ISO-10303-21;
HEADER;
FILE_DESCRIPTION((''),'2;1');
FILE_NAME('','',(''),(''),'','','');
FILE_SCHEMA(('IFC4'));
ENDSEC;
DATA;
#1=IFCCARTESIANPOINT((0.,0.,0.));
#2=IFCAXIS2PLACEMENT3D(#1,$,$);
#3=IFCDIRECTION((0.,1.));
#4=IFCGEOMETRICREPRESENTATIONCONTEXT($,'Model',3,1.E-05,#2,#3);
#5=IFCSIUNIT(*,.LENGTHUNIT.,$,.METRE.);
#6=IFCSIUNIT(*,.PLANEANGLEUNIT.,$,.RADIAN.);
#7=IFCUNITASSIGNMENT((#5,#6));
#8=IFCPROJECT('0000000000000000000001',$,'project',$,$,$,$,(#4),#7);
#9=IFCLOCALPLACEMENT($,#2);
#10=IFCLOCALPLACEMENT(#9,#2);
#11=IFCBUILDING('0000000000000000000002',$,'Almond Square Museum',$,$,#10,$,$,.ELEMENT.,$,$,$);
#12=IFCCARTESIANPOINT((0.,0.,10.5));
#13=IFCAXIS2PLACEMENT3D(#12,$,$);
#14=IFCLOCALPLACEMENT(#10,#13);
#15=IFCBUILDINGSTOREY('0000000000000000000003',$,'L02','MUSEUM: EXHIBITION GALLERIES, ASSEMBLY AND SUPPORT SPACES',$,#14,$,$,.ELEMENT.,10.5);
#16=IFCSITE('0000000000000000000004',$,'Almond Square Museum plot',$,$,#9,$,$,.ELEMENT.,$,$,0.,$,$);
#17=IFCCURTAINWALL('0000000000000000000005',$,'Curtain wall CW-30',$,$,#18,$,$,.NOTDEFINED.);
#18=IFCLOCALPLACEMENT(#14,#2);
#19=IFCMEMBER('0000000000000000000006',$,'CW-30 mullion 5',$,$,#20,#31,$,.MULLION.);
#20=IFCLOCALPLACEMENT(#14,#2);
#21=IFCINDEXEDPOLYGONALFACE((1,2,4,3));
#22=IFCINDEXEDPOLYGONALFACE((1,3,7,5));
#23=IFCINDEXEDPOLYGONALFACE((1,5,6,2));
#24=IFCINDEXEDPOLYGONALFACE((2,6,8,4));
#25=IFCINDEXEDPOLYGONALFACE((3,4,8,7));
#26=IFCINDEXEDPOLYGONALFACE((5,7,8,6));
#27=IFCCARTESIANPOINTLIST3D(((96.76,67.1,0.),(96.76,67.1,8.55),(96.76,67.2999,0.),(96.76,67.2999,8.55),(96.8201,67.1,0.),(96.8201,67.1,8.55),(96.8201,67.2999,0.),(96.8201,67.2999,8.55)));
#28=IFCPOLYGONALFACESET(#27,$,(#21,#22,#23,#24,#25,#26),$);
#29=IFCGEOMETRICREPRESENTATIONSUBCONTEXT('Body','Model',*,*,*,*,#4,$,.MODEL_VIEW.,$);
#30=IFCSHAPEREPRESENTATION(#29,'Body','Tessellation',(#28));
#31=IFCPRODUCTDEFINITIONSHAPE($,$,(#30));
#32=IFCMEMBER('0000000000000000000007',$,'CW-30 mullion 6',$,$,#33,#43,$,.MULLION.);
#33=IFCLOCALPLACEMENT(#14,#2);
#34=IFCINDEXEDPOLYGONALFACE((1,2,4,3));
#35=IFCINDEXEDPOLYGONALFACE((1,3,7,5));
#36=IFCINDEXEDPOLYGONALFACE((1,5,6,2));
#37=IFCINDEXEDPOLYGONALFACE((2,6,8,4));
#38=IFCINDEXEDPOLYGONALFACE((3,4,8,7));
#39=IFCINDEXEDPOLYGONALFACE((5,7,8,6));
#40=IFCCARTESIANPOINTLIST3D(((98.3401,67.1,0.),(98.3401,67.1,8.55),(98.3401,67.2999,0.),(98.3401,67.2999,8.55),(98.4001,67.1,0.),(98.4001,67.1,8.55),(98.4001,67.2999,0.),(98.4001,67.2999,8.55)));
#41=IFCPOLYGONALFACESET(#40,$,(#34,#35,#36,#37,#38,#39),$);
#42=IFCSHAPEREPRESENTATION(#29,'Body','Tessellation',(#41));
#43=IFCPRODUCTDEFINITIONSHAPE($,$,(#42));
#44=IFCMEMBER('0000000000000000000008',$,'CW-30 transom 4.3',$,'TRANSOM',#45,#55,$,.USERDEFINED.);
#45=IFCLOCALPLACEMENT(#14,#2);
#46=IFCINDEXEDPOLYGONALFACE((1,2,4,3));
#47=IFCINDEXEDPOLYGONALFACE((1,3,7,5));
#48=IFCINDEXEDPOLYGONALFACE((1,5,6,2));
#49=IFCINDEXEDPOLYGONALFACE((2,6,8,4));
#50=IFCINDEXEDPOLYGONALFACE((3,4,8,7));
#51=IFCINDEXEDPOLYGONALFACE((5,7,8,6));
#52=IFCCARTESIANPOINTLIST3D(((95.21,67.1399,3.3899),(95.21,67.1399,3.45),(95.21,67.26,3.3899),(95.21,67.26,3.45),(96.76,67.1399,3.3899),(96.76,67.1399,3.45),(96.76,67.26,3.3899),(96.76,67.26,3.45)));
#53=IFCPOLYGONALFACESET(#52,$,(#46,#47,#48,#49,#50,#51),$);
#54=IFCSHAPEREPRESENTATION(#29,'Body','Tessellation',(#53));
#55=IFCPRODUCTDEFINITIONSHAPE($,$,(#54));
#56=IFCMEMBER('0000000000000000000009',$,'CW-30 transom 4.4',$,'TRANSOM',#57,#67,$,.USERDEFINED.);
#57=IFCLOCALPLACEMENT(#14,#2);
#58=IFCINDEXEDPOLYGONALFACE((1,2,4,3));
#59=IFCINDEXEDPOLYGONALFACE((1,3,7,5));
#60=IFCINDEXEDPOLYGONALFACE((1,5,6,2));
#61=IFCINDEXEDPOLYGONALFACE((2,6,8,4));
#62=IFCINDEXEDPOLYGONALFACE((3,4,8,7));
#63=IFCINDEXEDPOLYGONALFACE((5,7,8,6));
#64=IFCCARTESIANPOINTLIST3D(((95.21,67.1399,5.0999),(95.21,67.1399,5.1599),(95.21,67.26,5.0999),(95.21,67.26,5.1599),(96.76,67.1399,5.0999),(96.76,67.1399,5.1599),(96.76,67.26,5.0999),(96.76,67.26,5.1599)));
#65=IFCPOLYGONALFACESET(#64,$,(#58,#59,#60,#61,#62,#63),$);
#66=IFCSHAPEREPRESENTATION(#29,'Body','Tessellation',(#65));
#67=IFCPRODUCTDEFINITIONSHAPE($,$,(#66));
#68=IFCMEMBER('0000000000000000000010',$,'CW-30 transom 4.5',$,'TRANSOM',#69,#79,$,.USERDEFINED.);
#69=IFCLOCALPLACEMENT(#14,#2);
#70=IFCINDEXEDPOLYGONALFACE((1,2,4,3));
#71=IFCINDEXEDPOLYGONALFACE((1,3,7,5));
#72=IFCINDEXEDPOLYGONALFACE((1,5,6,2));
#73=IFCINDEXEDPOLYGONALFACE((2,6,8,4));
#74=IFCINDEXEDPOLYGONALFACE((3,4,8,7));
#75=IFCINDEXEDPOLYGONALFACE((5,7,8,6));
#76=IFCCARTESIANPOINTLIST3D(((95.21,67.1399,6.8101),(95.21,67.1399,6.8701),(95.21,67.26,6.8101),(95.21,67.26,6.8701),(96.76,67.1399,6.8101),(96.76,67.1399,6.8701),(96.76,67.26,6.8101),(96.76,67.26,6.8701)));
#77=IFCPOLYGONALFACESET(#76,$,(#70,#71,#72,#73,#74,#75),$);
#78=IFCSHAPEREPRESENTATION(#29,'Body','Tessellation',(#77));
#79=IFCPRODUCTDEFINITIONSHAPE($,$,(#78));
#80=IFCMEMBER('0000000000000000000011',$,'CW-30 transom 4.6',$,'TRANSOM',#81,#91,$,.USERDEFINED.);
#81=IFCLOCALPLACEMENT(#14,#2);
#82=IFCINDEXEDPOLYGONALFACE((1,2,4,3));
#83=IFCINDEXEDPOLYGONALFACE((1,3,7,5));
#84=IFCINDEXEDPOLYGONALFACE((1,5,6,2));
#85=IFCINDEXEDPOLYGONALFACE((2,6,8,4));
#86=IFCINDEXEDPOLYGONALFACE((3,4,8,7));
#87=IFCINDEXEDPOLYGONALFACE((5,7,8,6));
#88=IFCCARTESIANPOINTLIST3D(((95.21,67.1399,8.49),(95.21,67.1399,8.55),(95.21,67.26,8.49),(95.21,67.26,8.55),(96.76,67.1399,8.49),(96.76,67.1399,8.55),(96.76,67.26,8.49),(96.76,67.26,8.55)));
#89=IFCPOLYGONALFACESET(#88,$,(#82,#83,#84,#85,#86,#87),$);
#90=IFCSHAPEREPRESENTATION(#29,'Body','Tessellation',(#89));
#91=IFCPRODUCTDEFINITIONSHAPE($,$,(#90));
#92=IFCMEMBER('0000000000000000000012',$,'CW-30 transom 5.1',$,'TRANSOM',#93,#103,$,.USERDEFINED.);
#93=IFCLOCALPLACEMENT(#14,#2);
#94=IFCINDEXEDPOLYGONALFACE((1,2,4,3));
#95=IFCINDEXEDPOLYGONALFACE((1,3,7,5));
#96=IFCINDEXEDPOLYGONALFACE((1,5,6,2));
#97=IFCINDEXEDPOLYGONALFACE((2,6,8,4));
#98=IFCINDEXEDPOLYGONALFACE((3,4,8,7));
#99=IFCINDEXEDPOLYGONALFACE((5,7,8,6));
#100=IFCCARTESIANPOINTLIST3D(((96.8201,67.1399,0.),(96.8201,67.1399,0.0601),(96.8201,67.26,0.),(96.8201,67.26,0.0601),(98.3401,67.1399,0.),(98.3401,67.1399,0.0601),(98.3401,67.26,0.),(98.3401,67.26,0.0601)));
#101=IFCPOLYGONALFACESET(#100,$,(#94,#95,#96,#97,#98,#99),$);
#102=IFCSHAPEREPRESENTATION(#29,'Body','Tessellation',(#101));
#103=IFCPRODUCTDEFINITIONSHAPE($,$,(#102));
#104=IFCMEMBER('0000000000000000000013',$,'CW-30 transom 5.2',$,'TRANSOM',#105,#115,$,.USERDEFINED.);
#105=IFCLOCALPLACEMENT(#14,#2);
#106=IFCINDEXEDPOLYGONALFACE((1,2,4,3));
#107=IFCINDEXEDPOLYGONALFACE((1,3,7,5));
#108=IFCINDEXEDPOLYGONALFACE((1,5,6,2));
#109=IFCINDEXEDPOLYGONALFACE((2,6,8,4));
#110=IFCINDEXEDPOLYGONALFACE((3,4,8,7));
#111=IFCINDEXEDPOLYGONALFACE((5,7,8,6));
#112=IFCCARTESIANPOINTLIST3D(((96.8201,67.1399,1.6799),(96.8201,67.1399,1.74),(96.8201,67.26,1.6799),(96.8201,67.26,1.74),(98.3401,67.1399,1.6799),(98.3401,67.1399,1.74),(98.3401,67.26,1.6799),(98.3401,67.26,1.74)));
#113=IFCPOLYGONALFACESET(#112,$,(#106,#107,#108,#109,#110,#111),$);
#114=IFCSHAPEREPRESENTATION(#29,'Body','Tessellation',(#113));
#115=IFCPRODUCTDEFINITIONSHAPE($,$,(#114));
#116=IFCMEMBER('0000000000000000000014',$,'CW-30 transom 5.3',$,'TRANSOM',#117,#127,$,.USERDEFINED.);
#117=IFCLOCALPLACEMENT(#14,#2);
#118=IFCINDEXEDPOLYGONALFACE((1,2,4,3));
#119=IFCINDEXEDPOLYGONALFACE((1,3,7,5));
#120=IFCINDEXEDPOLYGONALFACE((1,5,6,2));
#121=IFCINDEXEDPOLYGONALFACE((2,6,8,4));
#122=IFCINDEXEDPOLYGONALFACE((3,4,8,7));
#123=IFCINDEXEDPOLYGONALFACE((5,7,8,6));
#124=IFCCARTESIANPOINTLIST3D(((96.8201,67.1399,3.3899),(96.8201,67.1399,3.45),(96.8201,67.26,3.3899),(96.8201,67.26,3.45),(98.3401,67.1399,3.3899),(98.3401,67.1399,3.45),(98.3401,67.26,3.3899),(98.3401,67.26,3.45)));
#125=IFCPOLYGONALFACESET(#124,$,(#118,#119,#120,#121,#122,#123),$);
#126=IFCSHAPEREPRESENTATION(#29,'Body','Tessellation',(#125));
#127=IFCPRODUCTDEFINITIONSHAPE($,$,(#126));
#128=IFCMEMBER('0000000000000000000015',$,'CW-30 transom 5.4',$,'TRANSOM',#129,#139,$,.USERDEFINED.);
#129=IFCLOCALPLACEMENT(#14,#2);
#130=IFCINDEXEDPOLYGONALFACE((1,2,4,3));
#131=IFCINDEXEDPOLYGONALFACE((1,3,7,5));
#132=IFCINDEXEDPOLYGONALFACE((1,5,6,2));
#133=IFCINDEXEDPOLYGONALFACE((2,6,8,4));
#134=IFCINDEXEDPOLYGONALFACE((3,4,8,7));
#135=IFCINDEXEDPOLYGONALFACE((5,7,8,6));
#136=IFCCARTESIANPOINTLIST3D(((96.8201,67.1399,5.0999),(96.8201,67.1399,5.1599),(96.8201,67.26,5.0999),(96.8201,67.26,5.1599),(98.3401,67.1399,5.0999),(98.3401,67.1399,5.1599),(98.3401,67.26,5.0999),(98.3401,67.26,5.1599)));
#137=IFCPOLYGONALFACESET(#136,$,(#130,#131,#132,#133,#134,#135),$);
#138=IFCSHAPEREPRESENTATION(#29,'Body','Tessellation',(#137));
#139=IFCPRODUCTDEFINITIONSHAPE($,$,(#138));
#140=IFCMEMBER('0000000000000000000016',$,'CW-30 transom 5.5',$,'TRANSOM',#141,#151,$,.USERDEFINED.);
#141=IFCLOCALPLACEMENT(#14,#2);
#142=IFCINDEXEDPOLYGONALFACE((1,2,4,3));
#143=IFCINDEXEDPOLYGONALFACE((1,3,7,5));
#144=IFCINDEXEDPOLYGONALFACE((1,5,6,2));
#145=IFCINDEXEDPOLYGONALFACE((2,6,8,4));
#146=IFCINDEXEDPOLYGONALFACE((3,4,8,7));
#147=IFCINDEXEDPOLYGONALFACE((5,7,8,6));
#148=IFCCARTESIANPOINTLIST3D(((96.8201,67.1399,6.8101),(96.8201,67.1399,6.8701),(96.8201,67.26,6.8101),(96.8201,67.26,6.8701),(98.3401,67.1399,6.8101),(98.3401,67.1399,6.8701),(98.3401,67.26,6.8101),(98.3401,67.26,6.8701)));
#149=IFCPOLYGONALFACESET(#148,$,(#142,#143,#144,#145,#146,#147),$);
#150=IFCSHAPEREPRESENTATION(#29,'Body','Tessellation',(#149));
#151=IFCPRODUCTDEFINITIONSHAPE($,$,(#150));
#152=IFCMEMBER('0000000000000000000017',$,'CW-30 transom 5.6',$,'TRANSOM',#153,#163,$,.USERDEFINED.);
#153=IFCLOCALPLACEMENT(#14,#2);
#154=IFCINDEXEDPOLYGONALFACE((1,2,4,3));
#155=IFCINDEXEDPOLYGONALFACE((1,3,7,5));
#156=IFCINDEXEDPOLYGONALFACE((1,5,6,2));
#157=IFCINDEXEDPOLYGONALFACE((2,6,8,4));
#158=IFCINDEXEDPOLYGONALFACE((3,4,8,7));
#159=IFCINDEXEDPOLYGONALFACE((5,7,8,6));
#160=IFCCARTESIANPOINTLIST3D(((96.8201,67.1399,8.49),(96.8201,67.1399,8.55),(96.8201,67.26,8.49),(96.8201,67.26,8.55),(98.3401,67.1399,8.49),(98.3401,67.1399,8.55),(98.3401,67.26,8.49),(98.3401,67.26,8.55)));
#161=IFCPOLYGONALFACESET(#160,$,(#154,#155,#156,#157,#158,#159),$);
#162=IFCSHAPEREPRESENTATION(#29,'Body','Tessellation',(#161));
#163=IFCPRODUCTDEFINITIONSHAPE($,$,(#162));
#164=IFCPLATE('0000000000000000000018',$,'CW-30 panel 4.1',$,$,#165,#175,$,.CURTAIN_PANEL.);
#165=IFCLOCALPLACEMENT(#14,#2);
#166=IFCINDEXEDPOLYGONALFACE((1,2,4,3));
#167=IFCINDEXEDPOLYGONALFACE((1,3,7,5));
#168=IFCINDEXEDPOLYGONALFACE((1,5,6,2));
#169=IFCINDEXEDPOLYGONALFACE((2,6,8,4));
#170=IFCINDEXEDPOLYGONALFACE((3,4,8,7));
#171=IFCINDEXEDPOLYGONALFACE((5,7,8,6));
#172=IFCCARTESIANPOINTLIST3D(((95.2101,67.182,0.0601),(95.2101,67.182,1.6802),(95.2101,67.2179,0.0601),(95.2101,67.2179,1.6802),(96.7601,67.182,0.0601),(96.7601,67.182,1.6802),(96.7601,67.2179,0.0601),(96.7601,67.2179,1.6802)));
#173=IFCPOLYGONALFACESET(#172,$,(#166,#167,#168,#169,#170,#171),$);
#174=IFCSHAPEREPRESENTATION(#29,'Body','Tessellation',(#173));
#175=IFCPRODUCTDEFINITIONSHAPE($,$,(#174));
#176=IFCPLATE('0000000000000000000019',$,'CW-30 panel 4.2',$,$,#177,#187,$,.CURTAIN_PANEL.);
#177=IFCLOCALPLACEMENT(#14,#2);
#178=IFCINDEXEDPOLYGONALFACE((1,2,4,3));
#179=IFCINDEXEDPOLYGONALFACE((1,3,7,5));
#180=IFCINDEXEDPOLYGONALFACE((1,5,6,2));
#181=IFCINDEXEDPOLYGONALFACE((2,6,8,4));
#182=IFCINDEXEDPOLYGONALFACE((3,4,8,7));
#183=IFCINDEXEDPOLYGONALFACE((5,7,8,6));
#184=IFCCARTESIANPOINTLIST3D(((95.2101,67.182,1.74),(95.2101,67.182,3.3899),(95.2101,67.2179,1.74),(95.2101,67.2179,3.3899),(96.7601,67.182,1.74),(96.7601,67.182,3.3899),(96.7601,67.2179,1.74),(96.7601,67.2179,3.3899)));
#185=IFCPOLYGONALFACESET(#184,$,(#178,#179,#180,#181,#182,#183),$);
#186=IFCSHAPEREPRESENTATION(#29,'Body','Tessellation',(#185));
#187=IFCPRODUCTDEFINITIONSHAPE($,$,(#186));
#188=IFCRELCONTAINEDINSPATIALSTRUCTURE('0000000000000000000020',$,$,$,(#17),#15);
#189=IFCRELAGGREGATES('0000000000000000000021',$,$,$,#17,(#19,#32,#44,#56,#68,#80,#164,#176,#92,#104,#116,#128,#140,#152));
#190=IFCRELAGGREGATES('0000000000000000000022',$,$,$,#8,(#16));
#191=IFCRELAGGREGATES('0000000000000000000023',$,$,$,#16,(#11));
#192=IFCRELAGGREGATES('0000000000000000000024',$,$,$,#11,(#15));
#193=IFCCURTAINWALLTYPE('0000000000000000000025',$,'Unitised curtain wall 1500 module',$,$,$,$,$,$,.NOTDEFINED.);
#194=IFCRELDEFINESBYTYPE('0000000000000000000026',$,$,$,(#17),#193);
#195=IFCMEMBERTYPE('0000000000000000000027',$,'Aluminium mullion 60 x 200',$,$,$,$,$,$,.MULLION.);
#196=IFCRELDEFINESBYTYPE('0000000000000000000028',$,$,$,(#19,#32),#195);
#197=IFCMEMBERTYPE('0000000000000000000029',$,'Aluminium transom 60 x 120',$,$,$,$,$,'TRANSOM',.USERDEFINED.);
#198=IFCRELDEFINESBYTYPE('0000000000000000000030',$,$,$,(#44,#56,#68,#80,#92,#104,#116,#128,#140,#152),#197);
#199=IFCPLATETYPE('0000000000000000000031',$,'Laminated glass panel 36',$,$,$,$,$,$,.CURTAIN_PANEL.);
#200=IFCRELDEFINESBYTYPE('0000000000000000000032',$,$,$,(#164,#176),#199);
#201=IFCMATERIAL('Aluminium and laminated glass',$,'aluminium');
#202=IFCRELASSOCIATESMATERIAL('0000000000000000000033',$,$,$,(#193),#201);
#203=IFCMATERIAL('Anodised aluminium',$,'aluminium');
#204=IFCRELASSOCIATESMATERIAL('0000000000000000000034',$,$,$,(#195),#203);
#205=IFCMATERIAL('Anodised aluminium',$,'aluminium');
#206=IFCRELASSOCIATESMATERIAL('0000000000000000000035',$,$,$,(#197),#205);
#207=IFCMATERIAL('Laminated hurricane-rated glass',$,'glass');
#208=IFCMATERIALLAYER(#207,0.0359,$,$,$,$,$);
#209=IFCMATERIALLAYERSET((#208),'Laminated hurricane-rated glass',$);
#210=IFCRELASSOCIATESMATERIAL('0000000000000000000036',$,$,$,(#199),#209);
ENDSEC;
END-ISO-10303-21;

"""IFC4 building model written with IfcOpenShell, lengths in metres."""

from ifc_helpers import new_model, si_unit, direction, frame, origin, origin_2d, place, context, subcontext, project, spatial, rectangle, extrude, material, layer, layer_set, material_profile, profile_set, type_object, element, aggregate, save


model = new_model("IFC4")

# Units and contexts
model_context = context("Model", 3, precision=1e-05, world=origin(), true_north=direction((0.0, 1.0)))
body_context = subcontext(model_context, "Body", "Model", "MODEL_VIEW")
ifc_project = project(units=[si_unit("LENGTHUNIT", "METRE"), si_unit("PLANEANGLEUNIT", "RADIAN")], contexts=[model_context])

# Site, building, storey
site_placement = place(None, origin())
site = spatial("IfcSite", under=ifc_project, at=site_placement, Name="Almond Square Museum plot", CompositionType="ELEMENT", RefElevation=0.0)
building_placement = place(site_placement, origin())
building = spatial("IfcBuilding", under=site, at=building_placement, Name="Almond Square Museum", CompositionType="ELEMENT")
storey_placement = place(building_placement, frame((0.0, 0.0, 10.5)))
storey = spatial("IfcBuildingStorey", under=building, at=storey_placement, Name="L02", Description="MUSEUM: EXHIBITION GALLERIES, ASSEMBLY AND SUPPORT SPACES", CompositionType="ELEMENT", Elevation=10.5)

# Curtain wall, members, plates
ifc_material_1 = material(Name="Aluminium and laminated glass", Category="aluminium")
curtain_wall_type = type_object("IfcCurtainWallType", Name="Unitised curtain wall 1500 module", PredefinedType="NOTDEFINED", material=ifc_material_1)
curtain_wall_placement = place(storey_placement, origin())
curtain_wall = element("IfcCurtainWall", 1, at=curtain_wall_placement, inside=storey, type_object=curtain_wall_type, Name="Curtain wall CW-30", PredefinedType="NOTDEFINED")
ifc_material_2 = material(Name="Anodised aluminium", Category="aluminium")
ifc_material_profile_1 = material_profile(ifc_material_2, rectangle(XDim=0.2, YDim=0.0601, at=origin_2d()))
ifc_profile_set_1 = profile_set([ifc_material_profile_1], Name="Anodised aluminium")
member_type_1 = type_object("IfcMemberType", Name="Aluminium mullion 60 x 200", PredefinedType="MULLION", material=ifc_profile_set_1)
member_1_placement = place(storey_placement, frame((96.79, 67.2, 0.0), z_axis=(0.0, 0.0, 1.0), x_axis=(0.0, 1.0, 0.0)))
member_1 = element("IfcMember", 2, at=member_1_placement, type_object=member_type_1, Name="CW-30 mullion 5", PredefinedType="MULLION", context=body_context, shape_type="SweptSolid", body=[
    extrude(rectangle(XDim=0.2, YDim=0.0601, at=origin_2d()), origin(), (0.0, 0.0, 1.0), 8.55),
])
member_2_placement = place(storey_placement, frame((98.3701, 67.2, 0.0), z_axis=(0.0, 0.0, 1.0), x_axis=(0.0, 1.0, 0.0)))
member_2 = element("IfcMember", 3, at=member_2_placement, type_object=member_type_1, Name="CW-30 mullion 6", PredefinedType="MULLION", context=body_context, shape_type="SweptSolid", body=[
    extrude(rectangle(XDim=0.2, YDim=0.0601, at=origin_2d()), origin(), (0.0, 0.0, 1.0), 8.55),
])
ifc_material_3 = material(Name="Anodised aluminium", Category="aluminium")
ifc_material_profile_2 = material_profile(ifc_material_3, rectangle(XDim=0.1201, YDim=0.0601, at=origin_2d()))
ifc_profile_set_2 = profile_set([ifc_material_profile_2], Name="Anodised aluminium")
member_type_2 = type_object("IfcMemberType", Name="Aluminium transom 60 x 120", ElementType="TRANSOM", PredefinedType="USERDEFINED", material=ifc_profile_set_2)
member_3_placement = place(storey_placement, frame((95.21, 67.2, 3.4199), z_axis=(1.0, 0.0, 0.0), x_axis=(0.0, 1.0, 0.0)))
member_3 = element("IfcMember", 4, at=member_3_placement, type_object=member_type_2, Name="CW-30 transom 4.3", ObjectType="TRANSOM", PredefinedType="USERDEFINED", context=body_context, shape_type="SweptSolid", body=[
    extrude(rectangle(XDim=0.1201, YDim=0.0601, at=origin_2d()), origin(), (0.0, 0.0, 1.0), 1.55),
])
member_4_placement = place(storey_placement, frame((95.21, 67.2, 5.1299), z_axis=(1.0, 0.0, 0.0), x_axis=(0.0, 1.0, 0.0)))
member_4 = element("IfcMember", 5, at=member_4_placement, type_object=member_type_2, Name="CW-30 transom 4.4", ObjectType="TRANSOM", PredefinedType="USERDEFINED", context=body_context, shape_type="SweptSolid", body=[
    extrude(rectangle(XDim=0.1201, YDim=0.0601, at=origin_2d()), origin(), (0.0, 0.0, 1.0), 1.55),
])
member_5_placement = place(storey_placement, frame((95.21, 67.2, 6.8401), z_axis=(1.0, 0.0, 0.0), x_axis=(0.0, 1.0, 0.0)))
member_5 = element("IfcMember", 6, at=member_5_placement, type_object=member_type_2, Name="CW-30 transom 4.5", ObjectType="TRANSOM", PredefinedType="USERDEFINED", context=body_context, shape_type="SweptSolid", body=[
    extrude(rectangle(XDim=0.1201, YDim=0.0601, at=origin_2d()), origin(), (0.0, 0.0, 1.0), 1.55),
])
member_6_placement = place(storey_placement, frame((95.21, 67.2, 8.52), z_axis=(1.0, 0.0, 0.0), x_axis=(0.0, 1.0, 0.0)))
member_6 = element("IfcMember", 7, at=member_6_placement, type_object=member_type_2, Name="CW-30 transom 4.6", ObjectType="TRANSOM", PredefinedType="USERDEFINED", context=body_context, shape_type="SweptSolid", body=[
    extrude(rectangle(XDim=0.1201, YDim=0.0601, at=origin_2d()), origin(), (0.0, 0.0, 1.0), 1.55),
])
member_7_placement = place(storey_placement, frame((96.8201, 67.2, 0.03), z_axis=(1.0, 0.0, 0.0), x_axis=(0.0, 1.0, 0.0)))
member_7 = element("IfcMember", 8, at=member_7_placement, type_object=member_type_2, Name="CW-30 transom 5.1", ObjectType="TRANSOM", PredefinedType="USERDEFINED", context=body_context, shape_type="SweptSolid", body=[
    extrude(rectangle(XDim=0.1201, YDim=0.0601, at=origin_2d()), origin(), (0.0, 0.0, 1.0), 1.52),
])
member_8_placement = place(storey_placement, frame((96.8201, 67.2, 1.71), z_axis=(1.0, 0.0, 0.0), x_axis=(0.0, 1.0, 0.0)))
member_8 = element("IfcMember", 9, at=member_8_placement, type_object=member_type_2, Name="CW-30 transom 5.2", ObjectType="TRANSOM", PredefinedType="USERDEFINED", context=body_context, shape_type="SweptSolid", body=[
    extrude(rectangle(XDim=0.1201, YDim=0.0601, at=origin_2d()), origin(), (0.0, 0.0, 1.0), 1.52),
])
member_9_placement = place(storey_placement, frame((96.8201, 67.2, 3.4199), z_axis=(1.0, 0.0, 0.0), x_axis=(0.0, 1.0, 0.0)))
member_9 = element("IfcMember", 10, at=member_9_placement, type_object=member_type_2, Name="CW-30 transom 5.3", ObjectType="TRANSOM", PredefinedType="USERDEFINED", context=body_context, shape_type="SweptSolid", body=[
    extrude(rectangle(XDim=0.1201, YDim=0.0601, at=origin_2d()), origin(), (0.0, 0.0, 1.0), 1.52),
])
member_10_placement = place(storey_placement, frame((96.8201, 67.2, 5.1299), z_axis=(1.0, 0.0, 0.0), x_axis=(0.0, 1.0, 0.0)))
member_10 = element("IfcMember", 11, at=member_10_placement, type_object=member_type_2, Name="CW-30 transom 5.4", ObjectType="TRANSOM", PredefinedType="USERDEFINED", context=body_context, shape_type="SweptSolid", body=[
    extrude(rectangle(XDim=0.1201, YDim=0.0601, at=origin_2d()), origin(), (0.0, 0.0, 1.0), 1.52),
])
member_11_placement = place(storey_placement, frame((96.8201, 67.2, 6.8401), z_axis=(1.0, 0.0, 0.0), x_axis=(0.0, 1.0, 0.0)))
member_11 = element("IfcMember", 12, at=member_11_placement, type_object=member_type_2, Name="CW-30 transom 5.5", ObjectType="TRANSOM", PredefinedType="USERDEFINED", context=body_context, shape_type="SweptSolid", body=[
    extrude(rectangle(XDim=0.1201, YDim=0.0601, at=origin_2d()), origin(), (0.0, 0.0, 1.0), 1.52),
])
member_12_placement = place(storey_placement, frame((96.8201, 67.2, 8.52), z_axis=(1.0, 0.0, 0.0), x_axis=(0.0, 1.0, 0.0)))
member_12 = element("IfcMember", 13, at=member_12_placement, type_object=member_type_2, Name="CW-30 transom 5.6", ObjectType="TRANSOM", PredefinedType="USERDEFINED", context=body_context, shape_type="SweptSolid", body=[
    extrude(rectangle(XDim=0.1201, YDim=0.0601, at=origin_2d()), origin(), (0.0, 0.0, 1.0), 1.52),
])
ifc_material_4 = material(Name="Laminated hurricane-rated glass", Category="glass")
ifc_layer_1 = layer(ifc_material_4, 0.0359)
ifc_layer_set_1 = layer_set([ifc_layer_1], Name="Laminated hurricane-rated glass")
plate_type = type_object("IfcPlateType", Name="Laminated glass panel 36", PredefinedType="CURTAIN_PANEL", material=ifc_layer_set_1)
plate_1_placement = place(storey_placement, frame((95.9851, 67.2, 0.0601), z_axis=(0.0, 0.0, 1.0), x_axis=(1.0, 0.0, 0.0)))
plate_1 = element("IfcPlate", 14, at=plate_1_placement, type_object=plate_type, Name="CW-30 panel 4.1", PredefinedType="CURTAIN_PANEL", context=body_context, shape_type="SweptSolid", body=[
    extrude(rectangle(XDim=1.55, YDim=0.0359, at=origin_2d()), origin(), (0.0, 0.0, 1.0), 1.6201),
])
plate_2_placement = place(storey_placement, frame((95.9851, 67.2, 1.74), z_axis=(0.0, 0.0, 1.0), x_axis=(1.0, 0.0, 0.0)))
plate_2 = element("IfcPlate", 15, at=plate_2_placement, type_object=plate_type, Name="CW-30 panel 4.2", PredefinedType="CURTAIN_PANEL", context=body_context, shape_type="SweptSolid", body=[
    extrude(rectangle(XDim=1.55, YDim=0.0359, at=origin_2d()), origin(), (0.0, 0.0, 1.0), 1.6499),
])
aggregate(curtain_wall, [member_1, member_2, member_3, member_4, member_5, member_6, plate_1, plate_2, member_7, member_8, member_9, member_10, member_11, member_12])

save(model, "model.ifc")
